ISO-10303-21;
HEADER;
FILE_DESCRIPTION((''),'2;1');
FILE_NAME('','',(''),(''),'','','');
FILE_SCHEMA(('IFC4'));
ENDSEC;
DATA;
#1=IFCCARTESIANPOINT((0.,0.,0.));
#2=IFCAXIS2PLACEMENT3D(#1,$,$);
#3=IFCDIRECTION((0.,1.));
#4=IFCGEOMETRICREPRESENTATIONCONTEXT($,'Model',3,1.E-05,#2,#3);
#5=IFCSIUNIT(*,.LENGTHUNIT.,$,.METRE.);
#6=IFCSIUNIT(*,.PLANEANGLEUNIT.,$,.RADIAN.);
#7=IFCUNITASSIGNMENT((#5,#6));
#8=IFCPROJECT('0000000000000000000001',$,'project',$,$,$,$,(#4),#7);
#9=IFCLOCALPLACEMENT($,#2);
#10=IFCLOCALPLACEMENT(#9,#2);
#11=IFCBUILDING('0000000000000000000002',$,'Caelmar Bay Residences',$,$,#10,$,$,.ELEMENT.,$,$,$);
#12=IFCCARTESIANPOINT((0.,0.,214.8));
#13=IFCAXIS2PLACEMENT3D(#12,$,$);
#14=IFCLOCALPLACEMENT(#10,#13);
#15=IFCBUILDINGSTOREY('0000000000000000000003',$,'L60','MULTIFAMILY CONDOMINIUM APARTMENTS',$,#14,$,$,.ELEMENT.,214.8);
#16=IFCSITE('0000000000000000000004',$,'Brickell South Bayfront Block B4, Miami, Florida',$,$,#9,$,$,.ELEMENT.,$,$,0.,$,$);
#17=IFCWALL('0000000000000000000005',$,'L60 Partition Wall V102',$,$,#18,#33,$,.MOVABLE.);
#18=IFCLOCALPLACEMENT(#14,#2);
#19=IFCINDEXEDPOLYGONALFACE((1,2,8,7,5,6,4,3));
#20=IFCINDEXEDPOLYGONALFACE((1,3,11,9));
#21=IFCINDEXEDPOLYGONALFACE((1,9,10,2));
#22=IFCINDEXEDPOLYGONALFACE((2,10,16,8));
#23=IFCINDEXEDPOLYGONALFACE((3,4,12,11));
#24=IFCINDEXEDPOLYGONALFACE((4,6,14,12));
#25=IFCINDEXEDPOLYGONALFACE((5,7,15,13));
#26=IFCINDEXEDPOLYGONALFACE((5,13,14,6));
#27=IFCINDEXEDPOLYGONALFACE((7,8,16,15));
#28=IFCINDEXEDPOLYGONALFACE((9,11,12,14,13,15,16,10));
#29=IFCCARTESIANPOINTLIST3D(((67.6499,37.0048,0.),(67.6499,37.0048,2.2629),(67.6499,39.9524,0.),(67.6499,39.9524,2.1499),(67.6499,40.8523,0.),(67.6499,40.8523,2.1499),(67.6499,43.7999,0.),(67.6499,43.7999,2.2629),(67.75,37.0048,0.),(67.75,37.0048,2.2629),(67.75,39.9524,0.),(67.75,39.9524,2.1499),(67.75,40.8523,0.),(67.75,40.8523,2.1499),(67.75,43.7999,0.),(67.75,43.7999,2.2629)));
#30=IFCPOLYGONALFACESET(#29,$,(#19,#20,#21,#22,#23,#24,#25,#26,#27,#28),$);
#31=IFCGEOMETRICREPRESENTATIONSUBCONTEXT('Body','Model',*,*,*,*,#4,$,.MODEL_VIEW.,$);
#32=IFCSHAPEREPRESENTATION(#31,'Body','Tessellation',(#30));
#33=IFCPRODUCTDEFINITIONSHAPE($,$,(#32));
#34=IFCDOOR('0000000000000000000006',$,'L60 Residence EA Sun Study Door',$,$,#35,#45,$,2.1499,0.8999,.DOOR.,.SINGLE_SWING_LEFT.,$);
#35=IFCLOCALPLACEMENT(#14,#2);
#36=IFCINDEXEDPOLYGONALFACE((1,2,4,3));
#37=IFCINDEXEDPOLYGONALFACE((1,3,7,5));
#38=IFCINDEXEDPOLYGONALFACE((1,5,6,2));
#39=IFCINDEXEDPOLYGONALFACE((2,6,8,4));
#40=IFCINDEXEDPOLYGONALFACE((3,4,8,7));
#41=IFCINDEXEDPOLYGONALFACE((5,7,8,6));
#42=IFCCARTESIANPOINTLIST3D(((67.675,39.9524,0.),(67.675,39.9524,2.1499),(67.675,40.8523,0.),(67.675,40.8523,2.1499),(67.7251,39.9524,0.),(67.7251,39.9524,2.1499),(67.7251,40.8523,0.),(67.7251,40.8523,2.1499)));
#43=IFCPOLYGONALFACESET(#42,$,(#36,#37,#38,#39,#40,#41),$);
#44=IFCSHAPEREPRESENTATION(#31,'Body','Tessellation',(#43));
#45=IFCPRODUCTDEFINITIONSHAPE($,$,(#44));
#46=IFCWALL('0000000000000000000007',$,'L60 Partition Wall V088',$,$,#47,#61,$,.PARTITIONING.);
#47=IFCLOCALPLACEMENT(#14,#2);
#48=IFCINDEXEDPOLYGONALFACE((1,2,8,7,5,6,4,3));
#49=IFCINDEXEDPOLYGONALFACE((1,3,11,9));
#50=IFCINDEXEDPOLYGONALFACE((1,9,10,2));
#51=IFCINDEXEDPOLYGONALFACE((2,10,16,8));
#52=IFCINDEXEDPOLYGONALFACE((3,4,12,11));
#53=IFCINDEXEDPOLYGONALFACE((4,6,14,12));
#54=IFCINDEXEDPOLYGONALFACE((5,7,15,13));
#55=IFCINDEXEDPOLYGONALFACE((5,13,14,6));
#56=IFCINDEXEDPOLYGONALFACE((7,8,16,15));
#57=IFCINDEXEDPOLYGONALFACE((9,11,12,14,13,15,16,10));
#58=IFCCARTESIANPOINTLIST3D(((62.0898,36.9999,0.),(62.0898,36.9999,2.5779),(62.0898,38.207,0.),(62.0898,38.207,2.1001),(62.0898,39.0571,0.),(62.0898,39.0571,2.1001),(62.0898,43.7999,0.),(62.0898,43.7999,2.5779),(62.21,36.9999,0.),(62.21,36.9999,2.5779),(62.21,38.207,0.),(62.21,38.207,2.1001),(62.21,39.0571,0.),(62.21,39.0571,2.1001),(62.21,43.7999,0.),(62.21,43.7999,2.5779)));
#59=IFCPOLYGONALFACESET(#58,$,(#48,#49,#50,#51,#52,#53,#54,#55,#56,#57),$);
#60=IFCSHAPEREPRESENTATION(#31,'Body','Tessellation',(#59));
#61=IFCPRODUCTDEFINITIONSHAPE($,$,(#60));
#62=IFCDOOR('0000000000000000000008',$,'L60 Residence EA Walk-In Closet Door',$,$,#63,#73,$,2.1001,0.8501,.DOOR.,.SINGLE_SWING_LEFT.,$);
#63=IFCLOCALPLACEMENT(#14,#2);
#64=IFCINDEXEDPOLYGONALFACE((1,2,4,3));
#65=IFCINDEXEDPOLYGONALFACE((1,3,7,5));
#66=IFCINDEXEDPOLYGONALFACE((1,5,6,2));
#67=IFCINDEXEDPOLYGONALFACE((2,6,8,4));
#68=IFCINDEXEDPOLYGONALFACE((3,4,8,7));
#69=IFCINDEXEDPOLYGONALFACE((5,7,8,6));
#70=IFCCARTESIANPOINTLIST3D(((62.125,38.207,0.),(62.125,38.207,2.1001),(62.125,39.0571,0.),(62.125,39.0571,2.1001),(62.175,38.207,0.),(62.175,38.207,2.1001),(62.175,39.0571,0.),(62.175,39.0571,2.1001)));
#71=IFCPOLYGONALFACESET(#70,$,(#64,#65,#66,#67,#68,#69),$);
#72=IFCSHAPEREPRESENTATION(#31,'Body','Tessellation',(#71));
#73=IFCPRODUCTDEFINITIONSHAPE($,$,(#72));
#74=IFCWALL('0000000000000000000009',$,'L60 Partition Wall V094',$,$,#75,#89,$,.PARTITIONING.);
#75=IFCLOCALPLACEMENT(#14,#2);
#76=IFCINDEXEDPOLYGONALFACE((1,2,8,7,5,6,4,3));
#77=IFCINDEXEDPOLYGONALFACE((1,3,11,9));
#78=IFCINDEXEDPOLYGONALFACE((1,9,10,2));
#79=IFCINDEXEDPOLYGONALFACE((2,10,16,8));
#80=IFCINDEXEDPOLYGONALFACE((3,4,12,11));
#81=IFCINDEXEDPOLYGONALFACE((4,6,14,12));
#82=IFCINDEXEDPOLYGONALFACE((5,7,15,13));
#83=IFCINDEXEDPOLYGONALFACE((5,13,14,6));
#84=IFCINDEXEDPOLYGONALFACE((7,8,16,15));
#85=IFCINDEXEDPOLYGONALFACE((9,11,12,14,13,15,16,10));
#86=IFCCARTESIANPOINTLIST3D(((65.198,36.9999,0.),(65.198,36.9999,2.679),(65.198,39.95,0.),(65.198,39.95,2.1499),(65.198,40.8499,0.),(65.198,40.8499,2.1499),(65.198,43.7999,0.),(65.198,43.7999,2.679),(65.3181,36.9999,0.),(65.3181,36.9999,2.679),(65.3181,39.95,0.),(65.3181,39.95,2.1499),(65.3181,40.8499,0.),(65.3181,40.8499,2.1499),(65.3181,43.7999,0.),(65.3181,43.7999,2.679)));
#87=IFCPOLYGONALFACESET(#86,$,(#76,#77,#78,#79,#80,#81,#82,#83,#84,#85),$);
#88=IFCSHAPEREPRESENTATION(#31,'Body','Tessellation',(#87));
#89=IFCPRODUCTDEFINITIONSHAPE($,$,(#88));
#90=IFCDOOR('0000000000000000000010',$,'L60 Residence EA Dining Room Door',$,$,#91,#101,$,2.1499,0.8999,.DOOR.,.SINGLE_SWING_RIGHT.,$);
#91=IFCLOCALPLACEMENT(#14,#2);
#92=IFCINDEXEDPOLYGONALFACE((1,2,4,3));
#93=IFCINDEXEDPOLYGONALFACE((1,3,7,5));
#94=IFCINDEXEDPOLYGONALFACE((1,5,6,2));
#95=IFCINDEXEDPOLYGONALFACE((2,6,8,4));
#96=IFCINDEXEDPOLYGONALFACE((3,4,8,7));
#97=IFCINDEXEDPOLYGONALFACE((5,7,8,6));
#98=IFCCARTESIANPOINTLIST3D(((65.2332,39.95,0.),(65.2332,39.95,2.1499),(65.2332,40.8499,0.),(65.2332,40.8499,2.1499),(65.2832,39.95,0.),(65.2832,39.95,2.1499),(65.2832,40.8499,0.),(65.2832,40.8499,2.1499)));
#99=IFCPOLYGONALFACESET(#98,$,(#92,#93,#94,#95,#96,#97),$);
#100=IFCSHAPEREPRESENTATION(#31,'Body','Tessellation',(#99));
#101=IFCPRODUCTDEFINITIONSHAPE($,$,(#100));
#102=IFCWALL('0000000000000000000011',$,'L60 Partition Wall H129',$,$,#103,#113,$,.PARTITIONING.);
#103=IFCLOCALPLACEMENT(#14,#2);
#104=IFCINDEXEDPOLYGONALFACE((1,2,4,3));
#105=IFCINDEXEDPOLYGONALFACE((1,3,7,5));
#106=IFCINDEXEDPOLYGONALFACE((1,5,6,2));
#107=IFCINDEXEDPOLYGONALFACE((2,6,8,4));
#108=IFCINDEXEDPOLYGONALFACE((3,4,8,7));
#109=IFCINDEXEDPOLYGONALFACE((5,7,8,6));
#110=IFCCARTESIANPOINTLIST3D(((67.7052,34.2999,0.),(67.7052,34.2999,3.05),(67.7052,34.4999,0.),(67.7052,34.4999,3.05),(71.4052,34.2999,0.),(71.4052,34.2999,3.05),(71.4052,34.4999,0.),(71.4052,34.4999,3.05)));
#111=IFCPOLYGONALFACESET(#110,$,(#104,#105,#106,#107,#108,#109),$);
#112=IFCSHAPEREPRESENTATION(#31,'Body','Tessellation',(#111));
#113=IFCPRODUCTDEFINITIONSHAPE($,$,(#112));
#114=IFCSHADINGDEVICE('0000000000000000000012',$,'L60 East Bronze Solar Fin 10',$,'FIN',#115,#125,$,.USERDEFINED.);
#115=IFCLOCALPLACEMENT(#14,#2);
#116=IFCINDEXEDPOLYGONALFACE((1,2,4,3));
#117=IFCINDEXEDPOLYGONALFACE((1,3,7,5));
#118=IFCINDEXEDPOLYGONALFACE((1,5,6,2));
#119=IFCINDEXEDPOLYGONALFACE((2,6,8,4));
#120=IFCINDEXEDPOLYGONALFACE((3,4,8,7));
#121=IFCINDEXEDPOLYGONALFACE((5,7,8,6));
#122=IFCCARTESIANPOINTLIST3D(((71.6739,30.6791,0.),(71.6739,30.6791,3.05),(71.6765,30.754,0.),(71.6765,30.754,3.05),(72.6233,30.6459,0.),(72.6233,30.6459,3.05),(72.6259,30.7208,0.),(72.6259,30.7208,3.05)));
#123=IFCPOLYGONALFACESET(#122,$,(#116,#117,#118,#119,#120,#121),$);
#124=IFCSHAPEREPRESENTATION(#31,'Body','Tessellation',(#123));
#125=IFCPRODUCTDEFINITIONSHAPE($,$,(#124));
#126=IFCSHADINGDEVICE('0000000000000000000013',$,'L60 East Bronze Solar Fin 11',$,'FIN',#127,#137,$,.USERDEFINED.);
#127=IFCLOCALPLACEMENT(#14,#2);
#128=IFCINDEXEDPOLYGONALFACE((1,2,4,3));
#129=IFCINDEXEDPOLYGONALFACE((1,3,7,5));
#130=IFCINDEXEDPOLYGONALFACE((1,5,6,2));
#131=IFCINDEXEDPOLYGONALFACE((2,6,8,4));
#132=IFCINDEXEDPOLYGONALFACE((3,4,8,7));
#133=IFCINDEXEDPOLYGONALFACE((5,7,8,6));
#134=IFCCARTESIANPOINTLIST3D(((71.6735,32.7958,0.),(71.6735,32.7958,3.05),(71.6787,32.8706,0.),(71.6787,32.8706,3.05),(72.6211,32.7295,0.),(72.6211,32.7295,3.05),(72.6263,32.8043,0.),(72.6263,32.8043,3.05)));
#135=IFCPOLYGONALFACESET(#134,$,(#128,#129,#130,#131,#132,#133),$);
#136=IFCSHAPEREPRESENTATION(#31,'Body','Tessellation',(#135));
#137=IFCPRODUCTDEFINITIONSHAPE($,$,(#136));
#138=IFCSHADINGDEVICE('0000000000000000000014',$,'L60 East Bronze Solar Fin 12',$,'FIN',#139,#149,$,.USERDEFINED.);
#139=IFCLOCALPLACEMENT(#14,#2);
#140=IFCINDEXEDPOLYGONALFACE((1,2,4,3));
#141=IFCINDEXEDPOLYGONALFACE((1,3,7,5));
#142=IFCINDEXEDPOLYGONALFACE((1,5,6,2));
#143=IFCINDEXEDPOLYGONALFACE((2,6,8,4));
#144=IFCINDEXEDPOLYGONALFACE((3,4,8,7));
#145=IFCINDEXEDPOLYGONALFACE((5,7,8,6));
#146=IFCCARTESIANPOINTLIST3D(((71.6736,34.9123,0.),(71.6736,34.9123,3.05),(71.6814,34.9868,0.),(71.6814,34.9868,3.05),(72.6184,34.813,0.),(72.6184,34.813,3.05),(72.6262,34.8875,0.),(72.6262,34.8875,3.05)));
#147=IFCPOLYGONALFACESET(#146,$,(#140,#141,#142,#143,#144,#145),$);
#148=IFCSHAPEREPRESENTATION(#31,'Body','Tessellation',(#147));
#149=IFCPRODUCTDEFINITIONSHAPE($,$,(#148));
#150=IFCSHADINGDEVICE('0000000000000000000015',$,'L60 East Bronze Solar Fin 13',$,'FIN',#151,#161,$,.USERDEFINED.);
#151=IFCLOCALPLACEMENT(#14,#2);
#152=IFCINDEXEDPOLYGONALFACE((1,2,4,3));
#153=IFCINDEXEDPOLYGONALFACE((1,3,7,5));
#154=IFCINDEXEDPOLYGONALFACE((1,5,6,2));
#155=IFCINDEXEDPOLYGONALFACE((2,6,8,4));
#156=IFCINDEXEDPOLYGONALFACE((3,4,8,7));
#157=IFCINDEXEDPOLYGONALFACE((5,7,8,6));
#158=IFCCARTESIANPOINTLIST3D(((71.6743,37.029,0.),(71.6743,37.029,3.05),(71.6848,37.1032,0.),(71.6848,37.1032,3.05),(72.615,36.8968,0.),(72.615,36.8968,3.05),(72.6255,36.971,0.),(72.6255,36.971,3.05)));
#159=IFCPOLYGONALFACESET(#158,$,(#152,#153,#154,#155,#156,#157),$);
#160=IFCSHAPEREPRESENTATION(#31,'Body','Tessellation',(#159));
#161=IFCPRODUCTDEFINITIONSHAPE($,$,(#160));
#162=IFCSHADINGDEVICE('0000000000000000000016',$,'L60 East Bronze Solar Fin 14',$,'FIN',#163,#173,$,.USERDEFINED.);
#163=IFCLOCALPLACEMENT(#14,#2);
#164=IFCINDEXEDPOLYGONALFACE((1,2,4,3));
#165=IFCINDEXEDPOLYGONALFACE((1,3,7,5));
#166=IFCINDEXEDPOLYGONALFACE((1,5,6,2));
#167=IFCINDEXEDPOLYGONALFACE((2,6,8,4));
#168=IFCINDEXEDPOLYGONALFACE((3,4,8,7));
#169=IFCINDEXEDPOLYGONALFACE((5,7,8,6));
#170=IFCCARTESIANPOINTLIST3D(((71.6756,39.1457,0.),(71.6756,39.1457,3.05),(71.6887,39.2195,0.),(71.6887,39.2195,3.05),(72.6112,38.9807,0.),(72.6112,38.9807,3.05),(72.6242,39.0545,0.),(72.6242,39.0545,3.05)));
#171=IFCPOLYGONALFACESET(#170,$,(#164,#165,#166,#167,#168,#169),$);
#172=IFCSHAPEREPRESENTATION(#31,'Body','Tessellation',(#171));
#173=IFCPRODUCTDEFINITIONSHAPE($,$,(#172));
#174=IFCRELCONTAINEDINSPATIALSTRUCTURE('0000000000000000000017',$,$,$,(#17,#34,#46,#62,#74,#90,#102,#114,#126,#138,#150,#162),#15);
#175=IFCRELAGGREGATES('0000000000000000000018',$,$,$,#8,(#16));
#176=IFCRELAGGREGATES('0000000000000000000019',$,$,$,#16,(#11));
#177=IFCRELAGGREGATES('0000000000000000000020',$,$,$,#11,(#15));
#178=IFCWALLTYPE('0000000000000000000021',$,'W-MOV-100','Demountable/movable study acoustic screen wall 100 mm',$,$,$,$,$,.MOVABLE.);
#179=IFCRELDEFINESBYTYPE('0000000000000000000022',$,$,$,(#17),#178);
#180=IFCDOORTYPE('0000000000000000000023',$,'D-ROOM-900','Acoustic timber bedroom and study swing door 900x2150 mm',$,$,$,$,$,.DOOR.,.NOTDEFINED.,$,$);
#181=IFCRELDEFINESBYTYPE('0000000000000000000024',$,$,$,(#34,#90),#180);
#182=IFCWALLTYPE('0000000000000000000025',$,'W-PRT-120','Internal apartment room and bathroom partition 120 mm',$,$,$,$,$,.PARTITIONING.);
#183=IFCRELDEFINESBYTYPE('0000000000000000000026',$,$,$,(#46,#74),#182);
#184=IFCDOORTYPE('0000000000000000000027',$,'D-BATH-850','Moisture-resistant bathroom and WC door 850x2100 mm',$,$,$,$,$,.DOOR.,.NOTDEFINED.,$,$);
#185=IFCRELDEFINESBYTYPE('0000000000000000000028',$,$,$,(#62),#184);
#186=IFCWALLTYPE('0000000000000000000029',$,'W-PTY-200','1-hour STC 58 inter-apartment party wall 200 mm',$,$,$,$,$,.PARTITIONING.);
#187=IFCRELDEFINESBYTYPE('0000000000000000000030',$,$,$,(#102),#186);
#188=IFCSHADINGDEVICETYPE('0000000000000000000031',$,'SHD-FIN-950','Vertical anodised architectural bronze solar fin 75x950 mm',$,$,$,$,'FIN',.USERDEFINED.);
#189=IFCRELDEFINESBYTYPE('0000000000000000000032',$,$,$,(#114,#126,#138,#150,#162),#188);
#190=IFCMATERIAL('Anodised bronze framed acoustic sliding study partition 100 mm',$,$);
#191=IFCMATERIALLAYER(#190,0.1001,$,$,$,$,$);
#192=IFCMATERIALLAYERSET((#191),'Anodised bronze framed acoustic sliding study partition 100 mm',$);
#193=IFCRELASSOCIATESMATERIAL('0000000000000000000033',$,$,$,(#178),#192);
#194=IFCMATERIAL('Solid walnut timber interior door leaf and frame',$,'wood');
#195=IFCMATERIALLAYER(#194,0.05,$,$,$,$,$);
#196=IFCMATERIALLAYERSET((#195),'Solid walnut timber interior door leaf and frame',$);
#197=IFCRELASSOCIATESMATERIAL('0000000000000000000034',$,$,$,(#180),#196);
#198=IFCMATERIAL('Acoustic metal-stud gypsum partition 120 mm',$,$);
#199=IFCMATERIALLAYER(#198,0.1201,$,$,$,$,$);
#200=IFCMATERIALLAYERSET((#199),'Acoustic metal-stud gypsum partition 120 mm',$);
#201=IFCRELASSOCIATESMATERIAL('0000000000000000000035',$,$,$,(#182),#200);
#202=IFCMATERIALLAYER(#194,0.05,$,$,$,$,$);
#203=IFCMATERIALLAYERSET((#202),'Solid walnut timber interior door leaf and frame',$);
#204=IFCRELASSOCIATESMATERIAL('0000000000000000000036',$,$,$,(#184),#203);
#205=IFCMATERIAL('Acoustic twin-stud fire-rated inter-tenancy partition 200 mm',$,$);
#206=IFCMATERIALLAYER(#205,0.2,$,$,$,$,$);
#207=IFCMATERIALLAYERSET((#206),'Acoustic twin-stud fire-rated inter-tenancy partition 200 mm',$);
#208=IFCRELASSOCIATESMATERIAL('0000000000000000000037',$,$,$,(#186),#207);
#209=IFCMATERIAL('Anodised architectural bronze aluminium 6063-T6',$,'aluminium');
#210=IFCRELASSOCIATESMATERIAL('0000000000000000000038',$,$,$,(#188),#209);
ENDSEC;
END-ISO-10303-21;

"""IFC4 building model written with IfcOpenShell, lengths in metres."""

from ifc_helpers import new_model, si_unit, direction, frame, frame_2d, origin, origin_2d, place, context, subcontext, project, spatial, rectangle, extrude, material, layer, layer_set, material_profile, profile_set, type_object, element, fill, save


model = new_model("IFC4")

# Units and contexts
model_context = context("Model", 3, precision=1e-05, world=origin(), true_north=direction((0.0, 1.0)))
body_context = subcontext(model_context, "Body", "Model", "MODEL_VIEW")
ifc_project = project(units=[si_unit("LENGTHUNIT", "METRE"), si_unit("PLANEANGLEUNIT", "RADIAN")], contexts=[model_context])

# Site, building, storey
site_placement = place(None, origin())
site = spatial("IfcSite", under=ifc_project, at=site_placement, Name="Brickell South Bayfront Block B4, Miami, Florida", CompositionType="ELEMENT", RefElevation=0.0)
building_placement = place(site_placement, origin())
building = spatial("IfcBuilding", under=site, at=building_placement, Name="Caelmar Bay Residences", CompositionType="ELEMENT")
storey_placement = place(building_placement, frame((0.0, 0.0, 214.8)))
storey = spatial("IfcBuildingStorey", under=building, at=storey_placement, Name="L60", Description="MULTIFAMILY CONDOMINIUM APARTMENTS", CompositionType="ELEMENT", Elevation=214.8)

# Walls, openings, doors
ifc_material_1 = material(Name="Anodised bronze framed acoustic sliding study partition 100 mm")
ifc_layer_1 = layer(ifc_material_1, 0.1001)
ifc_layer_set_1 = layer_set([ifc_layer_1], Name="Anodised bronze framed acoustic sliding study partition 100 mm")
wall_type_1 = type_object("IfcWallType", Name="W-MOV-100", Description="Demountable/movable study acoustic screen wall 100 mm", PredefinedType="MOVABLE", material=ifc_layer_set_1)
wall_1_placement = place(storey_placement, frame((67.7, 37.0049, 0.0), z_axis=(0.0, 0.0, 1.0), x_axis=(0.0, 1.0, 0.0)))
wall_1 = element("IfcWall", 1, at=wall_1_placement, inside=storey, type_object=wall_type_1, Name="L60 Partition Wall V102", PredefinedType="MOVABLE", context=body_context, shape_type="SweptSolid", body=[
    extrude(rectangle(XDim=6.7952, YDim=0.1001, at=frame_2d((3.3975, 0.0))), origin(), (0.0, 0.0, 1.0), 2.2629),
])
opening_1_placement = place(wall_1_placement, frame((2.9475, 0.0, 0.0)))
opening_1 = element("IfcOpeningElement", 2, at=opening_1_placement, cuts=wall_1, PredefinedType="OPENING", context=body_context, shape_type="SweptSolid", body=[
    extrude(rectangle(XDim=0.8999, YDim=2.1499, at=frame_2d((0.45, 1.075))), frame((0.0, 0.0601, 0.0), z_axis=(0.0, -1.0, 0.0), x_axis=(1.0, 0.0, 0.0)), (0.0, 0.0, 1.0), 0.1201),
])
ifc_material_2 = material(Name="Solid walnut timber interior door leaf and frame", Category="wood")
ifc_layer_2 = layer(ifc_material_2, 0.05)
ifc_layer_set_2 = layer_set([ifc_layer_2], Name="Solid walnut timber interior door leaf and frame")
door_type_1 = type_object("IfcDoorType", Name="D-ROOM-900", Description="Acoustic timber bedroom and study swing door 900x2150 mm", OperationType="NOTDEFINED", PredefinedType="DOOR", material=ifc_layer_set_2)
door_1_placement = place(opening_1_placement, origin())
door_1 = element("IfcDoor", 3, at=door_1_placement, inside=storey, type_object=door_type_1, Name="L60 Residence EA Sun Study Door", OperationType="SINGLE_SWING_LEFT", OverallHeight=2.1499, OverallWidth=0.8999, PredefinedType="DOOR", context=body_context, shape_type="SweptSolid", body=[
    extrude(rectangle(XDim=0.8999, YDim=2.1499, at=frame_2d((0.45, 1.075))), frame((0.0, 0.0249, 0.0), z_axis=(0.0, -1.0, 0.0), x_axis=(1.0, 0.0, 0.0)), (0.0, 0.0, 1.0), 0.05),
])
fill(opening_1, door_1)
ifc_material_3 = material(Name="Acoustic metal-stud gypsum partition 120 mm")
ifc_layer_3 = layer(ifc_material_3, 0.1201)
ifc_layer_set_3 = layer_set([ifc_layer_3], Name="Acoustic metal-stud gypsum partition 120 mm")
wall_type_2 = type_object("IfcWallType", Name="W-PRT-120", Description="Internal apartment room and bathroom partition 120 mm", PredefinedType="PARTITIONING", material=ifc_layer_set_3)
wall_2_placement = place(storey_placement, frame((62.1499, 37.0, 0.0), z_axis=(0.0, 0.0, 1.0), x_axis=(0.0, 1.0, 0.0)))
wall_2 = element("IfcWall", 4, at=wall_2_placement, inside=storey, type_object=wall_type_2, Name="L60 Partition Wall V088", PredefinedType="PARTITIONING", context=body_context, shape_type="SweptSolid", body=[
    extrude(rectangle(XDim=6.8, YDim=0.1201, at=frame_2d((3.3999, 0.0))), origin(), (0.0, 0.0, 1.0), 2.5779),
])
opening_2_placement = place(wall_2_placement, frame((1.207, 0.0, 0.0)))
opening_2 = element("IfcOpeningElement", 5, at=opening_2_placement, cuts=wall_2, PredefinedType="OPENING", context=body_context, shape_type="SweptSolid", body=[
    extrude(rectangle(XDim=0.8501, YDim=2.1001, at=frame_2d((0.425, 1.05))), frame((0.0, 0.0701, 0.0), z_axis=(0.0, -1.0, 0.0), x_axis=(1.0, 0.0, 0.0)), (0.0, 0.0, 1.0), 0.1401),
])
ifc_layer_4 = layer(ifc_material_2, 0.05)
ifc_layer_set_4 = layer_set([ifc_layer_4], Name="Solid walnut timber interior door leaf and frame")
door_type_2 = type_object("IfcDoorType", Name="D-BATH-850", Description="Moisture-resistant bathroom and WC door 850x2100 mm", OperationType="NOTDEFINED", PredefinedType="DOOR", material=ifc_layer_set_4)
door_2_placement = place(opening_2_placement, origin())
door_2 = element("IfcDoor", 6, at=door_2_placement, inside=storey, type_object=door_type_2, Name="L60 Residence EA Walk-In Closet Door", OperationType="SINGLE_SWING_LEFT", OverallHeight=2.1001, OverallWidth=0.8501, PredefinedType="DOOR", context=body_context, shape_type="SweptSolid", body=[
    extrude(rectangle(XDim=0.8501, YDim=2.1001, at=frame_2d((0.425, 1.05))), frame((0.0, 0.0249, 0.0), z_axis=(0.0, -1.0, 0.0), x_axis=(1.0, 0.0, 0.0)), (0.0, 0.0, 1.0), 0.05),
])
fill(opening_2, door_2)
wall_3_placement = place(storey_placement, frame((65.2581, 37.0, 0.0), z_axis=(0.0, 0.0, 1.0), x_axis=(0.0, 1.0, 0.0)))
wall_3 = element("IfcWall", 7, at=wall_3_placement, inside=storey, type_object=wall_type_2, Name="L60 Partition Wall V094", PredefinedType="PARTITIONING", context=body_context, shape_type="SweptSolid", body=[
    extrude(rectangle(XDim=6.8, YDim=0.1201, at=frame_2d((3.3999, 0.0))), origin(), (0.0, 0.0, 1.0), 2.679),
])
opening_3_placement = place(wall_3_placement, frame((2.95, 0.0, 0.0)))
opening_3 = element("IfcOpeningElement", 8, at=opening_3_placement, cuts=wall_3, PredefinedType="OPENING", context=body_context, shape_type="SweptSolid", body=[
    extrude(rectangle(XDim=0.8999, YDim=2.1499, at=frame_2d((0.45, 1.075))), frame((0.0, 0.0701, 0.0), z_axis=(0.0, -1.0, 0.0), x_axis=(1.0, 0.0, 0.0)), (0.0, 0.0, 1.0), 0.1401),
])
door_3_placement = place(opening_3_placement, origin())
door_3 = element("IfcDoor", 9, at=door_3_placement, inside=storey, type_object=door_type_1, Name="L60 Residence EA Dining Room Door", OperationType="SINGLE_SWING_RIGHT", OverallHeight=2.1499, OverallWidth=0.8999, PredefinedType="DOOR", context=body_context, shape_type="SweptSolid", body=[
    extrude(rectangle(XDim=0.8999, YDim=2.1499, at=frame_2d((0.45, 1.075))), frame((0.0, 0.0249, 0.0), z_axis=(0.0, -1.0, 0.0), x_axis=(1.0, 0.0, 0.0)), (0.0, 0.0, 1.0), 0.05),
])
fill(opening_3, door_3)

# Wall
ifc_material_4 = material(Name="Acoustic twin-stud fire-rated inter-tenancy partition 200 mm")
ifc_layer_5 = layer(ifc_material_4, 0.2)
ifc_layer_set_5 = layer_set([ifc_layer_5], Name="Acoustic twin-stud fire-rated inter-tenancy partition 200 mm")
wall_type_3 = type_object("IfcWallType", Name="W-PTY-200", Description="1-hour STC 58 inter-apartment party wall 200 mm", PredefinedType="PARTITIONING", material=ifc_layer_set_5)
wall_4_placement = place(storey_placement, frame((67.7051, 34.3999, 0.0), z_axis=(0.0, 0.0, 1.0), x_axis=(1.0, 0.0, 0.0)))
element("IfcWall", 10, at=wall_4_placement, inside=storey, type_object=wall_type_3, Name="L60 Partition Wall H129", PredefinedType="PARTITIONING", context=body_context, shape_type="SweptSolid", body=[
    extrude(rectangle(XDim=3.7, YDim=0.2, at=frame_2d((1.8501, 0.0))), origin(), (0.0, 0.0, 1.0), 3.05),
])

# Shading devices
ifc_material_5 = material(Name="Anodised architectural bronze aluminium 6063-T6", Category="aluminium")
ifc_material_profile_1 = material_profile(ifc_material_5, rectangle(XDim=0.075, YDim=0.95, at=origin_2d()), Name="BRONZE-FIN-75X950")
ifc_profile_set_1 = profile_set([ifc_material_profile_1], Name="Anodised architectural bronze aluminium 6063-T6")
shading_device_type = type_object("IfcShadingDeviceType", Name="SHD-FIN-950", Description="Vertical anodised architectural bronze solar fin 75x950 mm", ElementType="FIN", PredefinedType="USERDEFINED", material=ifc_profile_set_1)
for number, where, z_axis, x_axis, name in (
    (11, (72.1499, 30.7, 0.0), (0.0, 0.0, 1.0), (0.034899, 0.999391, 0.0), "L60 East Bronze Solar Fin 10"),
    (12, (72.1499, 32.8, 0.0), (0.0, 0.0, 1.0), (0.069756, 0.997564, 0.0), "L60 East Bronze Solar Fin 11"),
    (13, (72.1499, 34.8999, 0.0), (0.0, 0.0, 1.0), (0.104528, 0.994522, 0.0), "L60 East Bronze Solar Fin 12"),
    (14, (72.1499, 37.0, 0.0), (0.0, 0.0, 1.0), (0.139173, 0.990268, 0.0), "L60 East Bronze Solar Fin 13"),
    (15, (72.1499, 39.1001, 0.0), (0.0, 0.0, 1.0), (0.173648, 0.984808, 0.0), "L60 East Bronze Solar Fin 14"),
):
    element("IfcShadingDevice", number, at=place(storey_placement, frame(where, z_axis=z_axis, x_axis=x_axis)), inside=storey, type_object=shading_device_type, Name=name, ObjectType="FIN", PredefinedType="USERDEFINED", context=body_context, shape_type="SweptSolid", body=[
        extrude(rectangle(XDim=0.075, YDim=0.95, at=origin_2d()), origin(), (0.0, 0.0, 1.0), 3.05),
    ])

save(model, "model.ifc")
